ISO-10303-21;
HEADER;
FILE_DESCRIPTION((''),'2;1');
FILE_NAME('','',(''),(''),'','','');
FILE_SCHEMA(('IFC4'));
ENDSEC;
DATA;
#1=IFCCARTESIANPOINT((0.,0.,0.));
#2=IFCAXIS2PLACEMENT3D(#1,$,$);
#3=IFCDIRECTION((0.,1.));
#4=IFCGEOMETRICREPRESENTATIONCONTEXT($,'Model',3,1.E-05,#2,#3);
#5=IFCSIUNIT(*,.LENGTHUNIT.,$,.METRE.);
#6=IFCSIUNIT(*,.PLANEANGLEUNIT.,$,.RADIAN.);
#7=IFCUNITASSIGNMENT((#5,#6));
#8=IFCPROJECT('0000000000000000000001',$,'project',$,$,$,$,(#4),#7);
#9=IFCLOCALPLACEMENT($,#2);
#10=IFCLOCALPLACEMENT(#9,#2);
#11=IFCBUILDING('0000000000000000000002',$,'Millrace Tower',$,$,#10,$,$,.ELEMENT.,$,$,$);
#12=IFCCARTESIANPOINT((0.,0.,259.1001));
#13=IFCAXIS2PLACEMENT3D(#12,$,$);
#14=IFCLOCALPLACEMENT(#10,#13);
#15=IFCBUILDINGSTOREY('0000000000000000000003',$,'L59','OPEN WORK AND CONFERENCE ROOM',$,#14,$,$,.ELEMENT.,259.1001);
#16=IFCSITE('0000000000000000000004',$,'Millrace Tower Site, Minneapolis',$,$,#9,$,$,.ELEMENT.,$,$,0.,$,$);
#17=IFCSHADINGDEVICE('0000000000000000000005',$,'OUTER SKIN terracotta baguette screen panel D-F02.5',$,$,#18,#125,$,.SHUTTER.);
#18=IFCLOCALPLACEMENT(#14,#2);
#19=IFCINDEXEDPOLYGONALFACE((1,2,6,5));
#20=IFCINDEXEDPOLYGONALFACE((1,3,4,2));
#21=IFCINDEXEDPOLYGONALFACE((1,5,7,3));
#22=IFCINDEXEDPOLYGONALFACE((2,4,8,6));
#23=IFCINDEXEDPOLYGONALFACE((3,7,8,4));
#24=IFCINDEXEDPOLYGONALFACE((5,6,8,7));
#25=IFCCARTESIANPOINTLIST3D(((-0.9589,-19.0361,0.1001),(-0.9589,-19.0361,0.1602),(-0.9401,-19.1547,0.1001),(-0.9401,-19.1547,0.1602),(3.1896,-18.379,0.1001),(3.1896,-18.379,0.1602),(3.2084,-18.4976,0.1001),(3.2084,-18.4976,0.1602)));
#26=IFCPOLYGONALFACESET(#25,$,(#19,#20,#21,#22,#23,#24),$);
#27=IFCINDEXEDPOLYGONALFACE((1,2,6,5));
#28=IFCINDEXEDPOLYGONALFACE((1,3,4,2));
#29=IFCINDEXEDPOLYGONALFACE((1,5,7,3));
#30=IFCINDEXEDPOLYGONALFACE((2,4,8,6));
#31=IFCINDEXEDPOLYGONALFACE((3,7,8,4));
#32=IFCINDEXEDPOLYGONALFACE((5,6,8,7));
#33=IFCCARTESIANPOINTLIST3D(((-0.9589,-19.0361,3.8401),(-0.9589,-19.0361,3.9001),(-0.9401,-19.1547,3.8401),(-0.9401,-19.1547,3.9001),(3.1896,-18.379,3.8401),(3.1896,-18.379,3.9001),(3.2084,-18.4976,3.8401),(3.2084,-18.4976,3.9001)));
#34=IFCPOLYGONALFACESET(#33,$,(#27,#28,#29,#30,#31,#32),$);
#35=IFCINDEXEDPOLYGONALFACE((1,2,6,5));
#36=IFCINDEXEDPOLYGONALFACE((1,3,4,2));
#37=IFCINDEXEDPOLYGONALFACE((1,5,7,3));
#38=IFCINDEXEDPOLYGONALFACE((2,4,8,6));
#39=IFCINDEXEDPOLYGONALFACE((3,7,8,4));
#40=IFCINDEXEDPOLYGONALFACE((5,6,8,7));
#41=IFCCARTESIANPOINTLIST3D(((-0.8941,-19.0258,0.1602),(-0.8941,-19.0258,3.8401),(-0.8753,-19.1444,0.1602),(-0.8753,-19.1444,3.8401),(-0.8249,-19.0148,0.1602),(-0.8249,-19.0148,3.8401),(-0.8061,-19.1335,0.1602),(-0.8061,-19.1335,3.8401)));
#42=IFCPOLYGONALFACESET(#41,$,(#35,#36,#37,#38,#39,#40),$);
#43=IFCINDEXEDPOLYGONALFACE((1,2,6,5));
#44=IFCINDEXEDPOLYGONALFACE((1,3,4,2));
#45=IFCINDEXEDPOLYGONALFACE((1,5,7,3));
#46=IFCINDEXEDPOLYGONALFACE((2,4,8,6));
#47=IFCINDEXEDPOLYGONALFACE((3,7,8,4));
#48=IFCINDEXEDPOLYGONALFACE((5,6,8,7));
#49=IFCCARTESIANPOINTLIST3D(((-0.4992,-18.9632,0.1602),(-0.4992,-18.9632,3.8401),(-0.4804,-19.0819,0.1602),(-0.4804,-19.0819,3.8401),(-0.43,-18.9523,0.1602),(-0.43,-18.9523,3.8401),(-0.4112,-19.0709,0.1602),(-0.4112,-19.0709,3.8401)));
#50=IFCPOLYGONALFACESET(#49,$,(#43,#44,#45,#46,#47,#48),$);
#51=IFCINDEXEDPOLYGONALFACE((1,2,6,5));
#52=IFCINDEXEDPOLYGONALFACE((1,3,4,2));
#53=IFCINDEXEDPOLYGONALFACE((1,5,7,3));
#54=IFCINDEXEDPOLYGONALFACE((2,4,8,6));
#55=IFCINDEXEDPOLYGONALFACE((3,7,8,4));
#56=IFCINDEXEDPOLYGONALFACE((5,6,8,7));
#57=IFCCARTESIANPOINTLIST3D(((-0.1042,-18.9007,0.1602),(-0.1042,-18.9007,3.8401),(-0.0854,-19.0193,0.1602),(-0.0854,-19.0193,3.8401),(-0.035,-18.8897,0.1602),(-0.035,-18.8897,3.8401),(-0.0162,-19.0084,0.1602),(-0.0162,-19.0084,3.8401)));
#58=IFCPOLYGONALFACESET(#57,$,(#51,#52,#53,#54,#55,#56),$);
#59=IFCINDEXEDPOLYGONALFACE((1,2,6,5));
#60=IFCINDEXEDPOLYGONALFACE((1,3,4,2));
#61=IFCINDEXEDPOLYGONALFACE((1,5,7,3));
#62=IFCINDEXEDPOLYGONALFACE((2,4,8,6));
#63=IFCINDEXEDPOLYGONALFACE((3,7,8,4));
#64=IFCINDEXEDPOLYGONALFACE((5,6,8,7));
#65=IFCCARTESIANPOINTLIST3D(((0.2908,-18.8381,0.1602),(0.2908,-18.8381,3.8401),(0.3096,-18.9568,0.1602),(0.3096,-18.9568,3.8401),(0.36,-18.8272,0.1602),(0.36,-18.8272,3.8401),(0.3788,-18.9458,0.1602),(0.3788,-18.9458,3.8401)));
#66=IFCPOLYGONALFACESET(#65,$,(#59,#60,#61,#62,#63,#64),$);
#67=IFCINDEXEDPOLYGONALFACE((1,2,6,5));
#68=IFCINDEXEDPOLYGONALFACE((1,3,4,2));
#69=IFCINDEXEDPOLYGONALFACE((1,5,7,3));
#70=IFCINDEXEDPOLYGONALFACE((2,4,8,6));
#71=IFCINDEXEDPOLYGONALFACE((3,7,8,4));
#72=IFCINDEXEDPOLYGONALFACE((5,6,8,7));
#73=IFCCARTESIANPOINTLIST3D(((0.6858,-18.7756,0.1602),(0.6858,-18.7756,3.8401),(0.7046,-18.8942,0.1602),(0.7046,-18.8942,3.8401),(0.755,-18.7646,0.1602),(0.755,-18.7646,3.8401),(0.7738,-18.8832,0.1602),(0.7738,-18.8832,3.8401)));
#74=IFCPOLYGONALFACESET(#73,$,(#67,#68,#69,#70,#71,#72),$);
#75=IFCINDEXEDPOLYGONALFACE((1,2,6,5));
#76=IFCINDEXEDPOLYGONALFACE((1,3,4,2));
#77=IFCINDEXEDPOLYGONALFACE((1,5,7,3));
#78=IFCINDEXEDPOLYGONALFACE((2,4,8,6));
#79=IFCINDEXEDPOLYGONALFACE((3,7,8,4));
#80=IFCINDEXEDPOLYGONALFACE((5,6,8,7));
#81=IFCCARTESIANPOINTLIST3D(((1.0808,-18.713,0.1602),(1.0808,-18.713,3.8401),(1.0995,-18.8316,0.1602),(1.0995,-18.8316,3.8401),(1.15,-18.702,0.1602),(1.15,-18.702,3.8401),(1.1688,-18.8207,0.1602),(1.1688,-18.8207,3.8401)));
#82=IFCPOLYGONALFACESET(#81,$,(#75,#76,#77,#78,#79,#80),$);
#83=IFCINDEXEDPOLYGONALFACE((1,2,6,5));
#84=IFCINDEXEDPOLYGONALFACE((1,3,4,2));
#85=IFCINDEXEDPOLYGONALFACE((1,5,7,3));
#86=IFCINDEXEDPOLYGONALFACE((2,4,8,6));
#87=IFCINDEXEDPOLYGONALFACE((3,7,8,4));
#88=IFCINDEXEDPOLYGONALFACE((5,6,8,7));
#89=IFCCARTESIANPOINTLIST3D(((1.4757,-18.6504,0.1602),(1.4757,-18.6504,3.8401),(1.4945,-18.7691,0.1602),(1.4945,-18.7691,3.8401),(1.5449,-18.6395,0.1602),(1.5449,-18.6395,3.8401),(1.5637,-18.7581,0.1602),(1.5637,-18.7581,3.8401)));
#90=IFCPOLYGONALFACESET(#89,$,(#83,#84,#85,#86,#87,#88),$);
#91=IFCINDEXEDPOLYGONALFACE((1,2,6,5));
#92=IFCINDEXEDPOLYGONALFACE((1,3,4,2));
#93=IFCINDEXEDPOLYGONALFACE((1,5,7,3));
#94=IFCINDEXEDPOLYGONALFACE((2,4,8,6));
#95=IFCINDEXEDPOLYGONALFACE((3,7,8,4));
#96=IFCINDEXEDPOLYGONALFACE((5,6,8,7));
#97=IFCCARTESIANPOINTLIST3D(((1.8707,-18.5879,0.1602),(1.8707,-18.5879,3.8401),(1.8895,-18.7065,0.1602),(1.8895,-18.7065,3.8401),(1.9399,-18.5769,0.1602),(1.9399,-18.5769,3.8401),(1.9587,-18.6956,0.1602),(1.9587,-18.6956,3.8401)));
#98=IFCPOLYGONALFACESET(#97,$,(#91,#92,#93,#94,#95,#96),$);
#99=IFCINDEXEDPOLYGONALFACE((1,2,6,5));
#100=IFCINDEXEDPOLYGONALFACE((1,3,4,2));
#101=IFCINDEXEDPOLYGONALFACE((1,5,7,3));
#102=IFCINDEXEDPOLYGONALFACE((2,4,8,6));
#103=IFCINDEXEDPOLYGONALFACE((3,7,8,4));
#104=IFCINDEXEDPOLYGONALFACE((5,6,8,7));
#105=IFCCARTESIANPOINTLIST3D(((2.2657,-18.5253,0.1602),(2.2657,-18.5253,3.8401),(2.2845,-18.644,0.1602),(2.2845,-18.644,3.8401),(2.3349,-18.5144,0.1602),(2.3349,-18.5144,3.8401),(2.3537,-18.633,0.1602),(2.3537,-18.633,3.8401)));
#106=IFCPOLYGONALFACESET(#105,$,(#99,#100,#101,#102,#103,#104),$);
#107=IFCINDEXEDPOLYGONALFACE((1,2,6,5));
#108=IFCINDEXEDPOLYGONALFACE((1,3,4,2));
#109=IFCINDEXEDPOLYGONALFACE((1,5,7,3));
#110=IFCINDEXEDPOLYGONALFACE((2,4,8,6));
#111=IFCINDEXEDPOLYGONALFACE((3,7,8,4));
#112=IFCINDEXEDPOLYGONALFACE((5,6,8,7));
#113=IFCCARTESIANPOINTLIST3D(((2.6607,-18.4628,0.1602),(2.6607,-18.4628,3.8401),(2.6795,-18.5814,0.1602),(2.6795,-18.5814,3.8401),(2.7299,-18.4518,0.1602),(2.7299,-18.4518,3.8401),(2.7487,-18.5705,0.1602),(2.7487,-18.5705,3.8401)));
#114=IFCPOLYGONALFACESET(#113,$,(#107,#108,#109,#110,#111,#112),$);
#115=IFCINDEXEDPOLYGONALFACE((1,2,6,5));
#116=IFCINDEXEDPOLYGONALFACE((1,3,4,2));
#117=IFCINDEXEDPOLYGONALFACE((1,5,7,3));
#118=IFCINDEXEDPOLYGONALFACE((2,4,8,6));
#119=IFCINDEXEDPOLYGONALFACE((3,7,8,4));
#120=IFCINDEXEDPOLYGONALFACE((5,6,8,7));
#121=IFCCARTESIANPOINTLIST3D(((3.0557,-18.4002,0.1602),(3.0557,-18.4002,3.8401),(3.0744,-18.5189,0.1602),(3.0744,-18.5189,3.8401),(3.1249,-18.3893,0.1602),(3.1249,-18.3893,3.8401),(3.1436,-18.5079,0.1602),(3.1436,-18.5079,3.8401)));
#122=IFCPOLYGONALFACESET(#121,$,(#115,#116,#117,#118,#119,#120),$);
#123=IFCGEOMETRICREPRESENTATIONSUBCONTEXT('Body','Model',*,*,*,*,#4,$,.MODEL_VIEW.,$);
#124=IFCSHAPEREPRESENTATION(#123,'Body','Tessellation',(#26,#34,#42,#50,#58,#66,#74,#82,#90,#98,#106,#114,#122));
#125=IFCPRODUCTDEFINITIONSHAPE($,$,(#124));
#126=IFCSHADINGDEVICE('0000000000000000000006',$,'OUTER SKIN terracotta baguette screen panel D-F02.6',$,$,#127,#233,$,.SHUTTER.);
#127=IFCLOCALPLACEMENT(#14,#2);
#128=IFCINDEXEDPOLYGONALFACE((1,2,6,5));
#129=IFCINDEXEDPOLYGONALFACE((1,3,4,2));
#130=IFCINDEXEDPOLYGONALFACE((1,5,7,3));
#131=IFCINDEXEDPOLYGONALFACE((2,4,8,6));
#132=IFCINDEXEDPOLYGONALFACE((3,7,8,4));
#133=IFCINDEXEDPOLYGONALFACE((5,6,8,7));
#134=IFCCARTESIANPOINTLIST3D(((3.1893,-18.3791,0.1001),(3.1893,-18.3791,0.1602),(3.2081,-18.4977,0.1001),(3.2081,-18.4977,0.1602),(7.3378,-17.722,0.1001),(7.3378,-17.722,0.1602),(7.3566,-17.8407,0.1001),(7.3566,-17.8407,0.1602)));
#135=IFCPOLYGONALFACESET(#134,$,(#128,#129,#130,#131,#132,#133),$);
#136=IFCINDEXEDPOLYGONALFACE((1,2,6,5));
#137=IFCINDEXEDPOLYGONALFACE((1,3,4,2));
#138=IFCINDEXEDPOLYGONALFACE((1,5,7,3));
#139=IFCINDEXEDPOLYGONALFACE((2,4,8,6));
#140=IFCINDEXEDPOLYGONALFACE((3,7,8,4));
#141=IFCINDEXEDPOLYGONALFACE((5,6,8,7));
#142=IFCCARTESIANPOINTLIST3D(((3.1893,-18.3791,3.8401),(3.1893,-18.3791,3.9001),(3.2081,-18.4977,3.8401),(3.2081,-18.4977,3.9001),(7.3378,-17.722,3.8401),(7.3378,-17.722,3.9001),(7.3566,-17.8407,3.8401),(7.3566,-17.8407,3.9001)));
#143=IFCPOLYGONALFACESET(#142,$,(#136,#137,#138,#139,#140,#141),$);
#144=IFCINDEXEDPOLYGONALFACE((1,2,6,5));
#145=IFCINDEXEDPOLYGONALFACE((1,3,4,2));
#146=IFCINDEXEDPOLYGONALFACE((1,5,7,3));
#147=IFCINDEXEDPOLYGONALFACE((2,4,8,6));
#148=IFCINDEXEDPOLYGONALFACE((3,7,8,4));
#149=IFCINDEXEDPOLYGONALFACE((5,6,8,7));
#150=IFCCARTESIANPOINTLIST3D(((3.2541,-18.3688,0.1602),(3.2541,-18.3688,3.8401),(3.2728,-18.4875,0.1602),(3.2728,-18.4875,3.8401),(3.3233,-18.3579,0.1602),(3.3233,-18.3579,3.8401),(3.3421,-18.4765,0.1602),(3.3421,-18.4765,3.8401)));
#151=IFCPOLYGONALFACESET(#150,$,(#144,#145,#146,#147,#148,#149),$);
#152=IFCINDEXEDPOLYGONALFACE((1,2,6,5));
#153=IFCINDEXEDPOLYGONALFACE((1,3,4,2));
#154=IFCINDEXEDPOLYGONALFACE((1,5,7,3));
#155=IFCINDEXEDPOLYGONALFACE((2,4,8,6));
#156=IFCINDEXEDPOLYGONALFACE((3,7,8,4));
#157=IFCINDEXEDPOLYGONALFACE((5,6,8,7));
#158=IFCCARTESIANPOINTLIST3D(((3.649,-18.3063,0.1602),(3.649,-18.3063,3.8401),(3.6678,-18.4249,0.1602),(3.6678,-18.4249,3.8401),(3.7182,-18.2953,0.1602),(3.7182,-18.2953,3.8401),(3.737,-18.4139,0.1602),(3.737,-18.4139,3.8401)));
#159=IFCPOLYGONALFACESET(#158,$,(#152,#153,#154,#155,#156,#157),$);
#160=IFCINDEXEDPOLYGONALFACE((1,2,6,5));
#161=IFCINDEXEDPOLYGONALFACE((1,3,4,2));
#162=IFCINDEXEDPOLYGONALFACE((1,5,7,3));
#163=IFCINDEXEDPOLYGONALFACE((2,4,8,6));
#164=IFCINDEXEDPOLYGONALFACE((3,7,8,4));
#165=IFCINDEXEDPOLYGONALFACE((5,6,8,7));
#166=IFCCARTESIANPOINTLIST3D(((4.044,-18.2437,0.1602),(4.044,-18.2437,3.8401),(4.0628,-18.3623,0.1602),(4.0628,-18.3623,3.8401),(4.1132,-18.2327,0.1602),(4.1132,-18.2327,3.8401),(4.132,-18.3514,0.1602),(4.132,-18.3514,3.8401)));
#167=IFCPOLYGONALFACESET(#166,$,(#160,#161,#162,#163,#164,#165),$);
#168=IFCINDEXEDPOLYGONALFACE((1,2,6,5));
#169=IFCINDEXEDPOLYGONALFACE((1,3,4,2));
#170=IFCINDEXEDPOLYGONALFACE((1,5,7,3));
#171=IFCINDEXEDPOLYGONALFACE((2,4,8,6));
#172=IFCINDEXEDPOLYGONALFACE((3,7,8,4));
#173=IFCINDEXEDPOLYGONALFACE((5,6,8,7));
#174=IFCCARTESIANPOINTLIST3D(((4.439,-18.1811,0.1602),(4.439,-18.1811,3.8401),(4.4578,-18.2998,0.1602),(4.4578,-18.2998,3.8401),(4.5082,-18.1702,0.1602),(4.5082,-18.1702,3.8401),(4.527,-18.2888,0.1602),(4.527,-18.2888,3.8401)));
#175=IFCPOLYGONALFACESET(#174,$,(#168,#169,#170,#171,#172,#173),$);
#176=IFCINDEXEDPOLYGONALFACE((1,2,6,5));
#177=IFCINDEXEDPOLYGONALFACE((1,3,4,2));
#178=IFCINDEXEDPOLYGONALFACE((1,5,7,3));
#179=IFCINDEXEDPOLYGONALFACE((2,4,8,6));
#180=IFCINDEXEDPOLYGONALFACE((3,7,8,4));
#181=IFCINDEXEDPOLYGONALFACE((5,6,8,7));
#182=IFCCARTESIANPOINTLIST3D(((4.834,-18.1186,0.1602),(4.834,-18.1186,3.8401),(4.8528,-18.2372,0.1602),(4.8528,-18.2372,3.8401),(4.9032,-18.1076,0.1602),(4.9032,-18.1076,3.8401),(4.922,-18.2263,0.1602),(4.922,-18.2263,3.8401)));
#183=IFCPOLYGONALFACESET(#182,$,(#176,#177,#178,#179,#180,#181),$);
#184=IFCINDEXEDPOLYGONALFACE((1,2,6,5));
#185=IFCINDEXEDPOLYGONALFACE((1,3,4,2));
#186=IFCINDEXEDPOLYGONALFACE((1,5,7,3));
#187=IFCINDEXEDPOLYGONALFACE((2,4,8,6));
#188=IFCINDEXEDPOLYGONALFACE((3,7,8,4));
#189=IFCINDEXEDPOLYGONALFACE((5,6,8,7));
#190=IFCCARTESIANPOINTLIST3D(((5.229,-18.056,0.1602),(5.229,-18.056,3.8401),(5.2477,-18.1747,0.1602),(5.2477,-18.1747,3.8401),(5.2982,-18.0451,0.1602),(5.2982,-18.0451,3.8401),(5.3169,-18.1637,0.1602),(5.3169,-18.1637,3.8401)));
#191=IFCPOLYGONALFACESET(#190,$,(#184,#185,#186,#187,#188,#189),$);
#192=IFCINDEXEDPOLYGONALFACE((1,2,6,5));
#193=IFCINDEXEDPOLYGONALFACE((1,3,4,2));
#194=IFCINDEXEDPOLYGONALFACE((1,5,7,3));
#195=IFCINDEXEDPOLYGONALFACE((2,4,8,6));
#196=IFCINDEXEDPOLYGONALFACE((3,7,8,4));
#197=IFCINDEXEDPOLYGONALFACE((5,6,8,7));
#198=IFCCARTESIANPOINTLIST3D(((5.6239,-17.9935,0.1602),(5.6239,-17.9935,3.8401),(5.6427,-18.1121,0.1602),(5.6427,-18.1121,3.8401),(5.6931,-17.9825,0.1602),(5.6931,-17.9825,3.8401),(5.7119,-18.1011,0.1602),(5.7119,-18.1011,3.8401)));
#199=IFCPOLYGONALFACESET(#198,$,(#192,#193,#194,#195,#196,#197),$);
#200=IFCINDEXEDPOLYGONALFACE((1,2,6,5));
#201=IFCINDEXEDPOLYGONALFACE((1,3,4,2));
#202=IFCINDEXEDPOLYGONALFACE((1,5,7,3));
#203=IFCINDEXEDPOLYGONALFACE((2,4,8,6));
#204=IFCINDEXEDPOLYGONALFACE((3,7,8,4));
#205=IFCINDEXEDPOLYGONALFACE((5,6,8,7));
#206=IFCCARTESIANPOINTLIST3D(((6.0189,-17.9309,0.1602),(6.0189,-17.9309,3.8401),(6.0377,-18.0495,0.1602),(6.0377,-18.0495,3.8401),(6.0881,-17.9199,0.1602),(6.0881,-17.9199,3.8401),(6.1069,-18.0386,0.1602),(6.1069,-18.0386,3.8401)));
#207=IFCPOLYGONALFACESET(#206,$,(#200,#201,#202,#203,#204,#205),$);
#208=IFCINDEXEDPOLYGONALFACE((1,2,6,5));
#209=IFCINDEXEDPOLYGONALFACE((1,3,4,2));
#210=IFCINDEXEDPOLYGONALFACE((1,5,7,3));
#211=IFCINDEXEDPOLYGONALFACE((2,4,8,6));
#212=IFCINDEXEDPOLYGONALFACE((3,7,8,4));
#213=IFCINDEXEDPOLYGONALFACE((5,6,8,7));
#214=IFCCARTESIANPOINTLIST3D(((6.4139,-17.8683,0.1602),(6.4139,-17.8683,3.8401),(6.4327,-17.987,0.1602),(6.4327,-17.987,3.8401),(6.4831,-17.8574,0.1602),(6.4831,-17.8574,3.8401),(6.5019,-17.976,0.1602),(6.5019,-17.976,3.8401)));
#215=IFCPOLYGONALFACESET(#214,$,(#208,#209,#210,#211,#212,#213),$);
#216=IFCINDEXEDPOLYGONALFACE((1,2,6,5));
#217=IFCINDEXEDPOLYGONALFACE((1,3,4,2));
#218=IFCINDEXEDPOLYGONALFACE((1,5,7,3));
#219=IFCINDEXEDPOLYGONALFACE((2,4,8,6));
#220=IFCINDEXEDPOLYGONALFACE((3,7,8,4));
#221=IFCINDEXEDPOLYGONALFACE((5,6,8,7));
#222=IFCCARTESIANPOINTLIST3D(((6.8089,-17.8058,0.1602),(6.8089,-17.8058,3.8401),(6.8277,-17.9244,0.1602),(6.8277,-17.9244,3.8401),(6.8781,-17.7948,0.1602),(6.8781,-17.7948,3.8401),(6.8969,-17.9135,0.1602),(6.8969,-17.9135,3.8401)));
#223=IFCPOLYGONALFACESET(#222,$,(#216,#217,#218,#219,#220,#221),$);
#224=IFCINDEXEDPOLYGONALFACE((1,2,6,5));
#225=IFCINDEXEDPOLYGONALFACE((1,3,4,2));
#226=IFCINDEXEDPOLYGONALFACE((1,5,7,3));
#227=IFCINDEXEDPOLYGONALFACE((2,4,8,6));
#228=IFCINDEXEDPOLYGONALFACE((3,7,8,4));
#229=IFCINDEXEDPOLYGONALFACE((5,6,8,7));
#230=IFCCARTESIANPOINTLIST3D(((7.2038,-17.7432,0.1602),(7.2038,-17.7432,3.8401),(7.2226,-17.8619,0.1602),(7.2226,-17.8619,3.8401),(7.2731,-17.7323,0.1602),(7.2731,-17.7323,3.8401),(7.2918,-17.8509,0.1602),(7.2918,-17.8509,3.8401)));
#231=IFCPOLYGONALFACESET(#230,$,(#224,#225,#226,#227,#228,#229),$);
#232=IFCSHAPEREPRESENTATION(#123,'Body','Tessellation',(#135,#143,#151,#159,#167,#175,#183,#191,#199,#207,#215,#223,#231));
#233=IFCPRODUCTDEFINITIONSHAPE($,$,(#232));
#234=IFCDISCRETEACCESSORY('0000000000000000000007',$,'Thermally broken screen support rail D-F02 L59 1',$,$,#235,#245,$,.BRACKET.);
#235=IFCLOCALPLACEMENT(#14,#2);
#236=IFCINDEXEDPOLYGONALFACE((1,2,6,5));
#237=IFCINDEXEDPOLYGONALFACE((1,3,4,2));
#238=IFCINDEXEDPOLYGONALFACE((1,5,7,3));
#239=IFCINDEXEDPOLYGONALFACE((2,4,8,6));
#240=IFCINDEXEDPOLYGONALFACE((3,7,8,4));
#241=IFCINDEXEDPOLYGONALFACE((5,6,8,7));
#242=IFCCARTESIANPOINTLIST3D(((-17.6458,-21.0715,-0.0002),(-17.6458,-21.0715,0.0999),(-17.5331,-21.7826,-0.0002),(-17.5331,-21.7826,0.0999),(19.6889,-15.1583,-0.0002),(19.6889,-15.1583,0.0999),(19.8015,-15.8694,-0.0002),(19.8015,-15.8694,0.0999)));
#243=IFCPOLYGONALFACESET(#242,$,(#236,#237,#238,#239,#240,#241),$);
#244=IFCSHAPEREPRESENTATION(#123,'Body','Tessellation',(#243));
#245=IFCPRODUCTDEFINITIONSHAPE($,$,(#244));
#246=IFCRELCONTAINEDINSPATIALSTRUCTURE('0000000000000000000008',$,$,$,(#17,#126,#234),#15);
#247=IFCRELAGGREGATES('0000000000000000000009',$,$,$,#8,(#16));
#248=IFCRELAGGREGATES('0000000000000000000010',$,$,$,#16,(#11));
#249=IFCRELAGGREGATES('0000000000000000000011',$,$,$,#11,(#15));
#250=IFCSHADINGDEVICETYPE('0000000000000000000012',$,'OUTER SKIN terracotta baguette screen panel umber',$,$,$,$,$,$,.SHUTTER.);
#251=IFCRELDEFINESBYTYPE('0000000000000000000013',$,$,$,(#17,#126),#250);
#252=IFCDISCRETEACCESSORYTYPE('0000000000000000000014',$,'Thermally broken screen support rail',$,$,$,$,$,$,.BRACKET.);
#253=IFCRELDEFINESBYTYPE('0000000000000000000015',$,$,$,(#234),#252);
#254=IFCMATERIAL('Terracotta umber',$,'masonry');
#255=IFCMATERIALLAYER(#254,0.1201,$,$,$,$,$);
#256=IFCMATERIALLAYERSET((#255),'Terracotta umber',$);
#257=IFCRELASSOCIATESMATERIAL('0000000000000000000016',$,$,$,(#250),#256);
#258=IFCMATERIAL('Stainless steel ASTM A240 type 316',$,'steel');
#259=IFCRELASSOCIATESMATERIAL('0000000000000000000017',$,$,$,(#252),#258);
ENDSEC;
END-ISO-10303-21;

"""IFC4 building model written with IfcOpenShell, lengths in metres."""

from ifc_helpers import new_model, entity, si_unit, direction, frame, frame_2d, origin, origin_2d, place, context, subcontext, project, spatial, rectangle, extrude, source, transform, mapped, material, layer, layer_set, type_object, element, save


model = new_model("IFC4")

# Units and contexts
model_context = context("Model", 3, precision=1e-05, world=origin(), true_north=direction((0.0, 1.0)))
body_context = subcontext(model_context, "Body", "Model", "MODEL_VIEW")
ifc_project = project(units=[si_unit("LENGTHUNIT", "METRE"), si_unit("PLANEANGLEUNIT", "RADIAN")], contexts=[model_context])

# Site, building, storey
site_placement = place(None, origin())
site = spatial("IfcSite", under=ifc_project, at=site_placement, Name="Millrace Tower Site, Minneapolis", CompositionType="ELEMENT", RefElevation=0.0)
building_placement = place(site_placement, origin())
building = spatial("IfcBuilding", under=site, at=building_placement, Name="Millrace Tower", CompositionType="ELEMENT")
storey_placement = place(building_placement, frame((0.0, 0.0, 259.1001)))
storey = spatial("IfcBuildingStorey", under=building, at=storey_placement, Name="L59", Description="OPEN WORK AND CONFERENCE ROOM", CompositionType="ELEMENT", Elevation=259.1001)

# Shading devices
ifc_material_1 = material(Name="Terracotta umber", Category="masonry")
ifc_layer_1 = layer(ifc_material_1, 0.1201)
ifc_layer_set_1 = layer_set([ifc_layer_1], Name="Terracotta umber")
shading_device_type = type_object("IfcShadingDeviceType", Name="OUTER SKIN terracotta baguette screen panel umber", PredefinedType="SHUTTER", material=ifc_layer_set_1)
cartesian_point = entity("IfcCartesianPoint", [-2.1001, 0.0601])
shared_polyline = entity("IfcPolyline", [cartesian_point, entity("IfcCartesianPoint", [2.1001, 0.0601]), entity("IfcCartesianPoint", [2.1001, -0.0601]), entity("IfcCartesianPoint", [-2.1001, -0.0601]), cartesian_point])
shared_shape = source(origin(), body_context, "Body", "SweptSolid", [
    entity("IfcExtrudedAreaSolid", entity("IfcArbitraryClosedProfileDef", "AREA", None, shared_polyline), entity("IfcAxis2Placement3D", entity("IfcCartesianPoint", [0.0, 0.0, 0.0])), entity("IfcDirection", [0.0, 0.0, 1.0]), 0.0601),
    entity("IfcExtrudedAreaSolid", entity("IfcArbitraryClosedProfileDef", "AREA", None, shared_polyline), entity("IfcAxis2Placement3D", entity("IfcCartesianPoint", [0.0, 0.0, 3.74])), entity("IfcDirection", [0.0, 0.0, 1.0]), 0.0601),
    extrude(rectangle(XDim=0.0701, YDim=0.1201, at=frame_2d((-1.9995, 0.0))), frame((0.0, 0.0, 0.0601)), (0.0, 0.0, 1.0), 3.6799),
    extrude(rectangle(XDim=0.0701, YDim=0.1201, at=frame_2d((-1.5996, 0.0))), frame((0.0, 0.0, 0.0601)), (0.0, 0.0, 1.0), 3.6799),
    extrude(rectangle(XDim=0.0701, YDim=0.1201, at=frame_2d((-1.1997, 0.0))), frame((0.0, 0.0, 0.0601)), (0.0, 0.0, 1.0), 3.6799),
    extrude(rectangle(XDim=0.0701, YDim=0.1201, at=frame_2d((-0.7998, 0.0))), frame((0.0, 0.0, 0.0601)), (0.0, 0.0, 1.0), 3.6799),
    extrude(rectangle(XDim=0.0701, YDim=0.1201, at=frame_2d((-0.3999, 0.0))), frame((0.0, 0.0, 0.0601)), (0.0, 0.0, 1.0), 3.6799),
    extrude(rectangle(XDim=0.0701, YDim=0.1201, at=origin_2d()), frame((0.0, 0.0, 0.0601)), (0.0, 0.0, 1.0), 3.6799),
    extrude(rectangle(XDim=0.0701, YDim=0.1201, at=frame_2d((0.3999, 0.0))), frame((0.0, 0.0, 0.0601)), (0.0, 0.0, 1.0), 3.6799),
    extrude(rectangle(XDim=0.0701, YDim=0.1201, at=frame_2d((0.7998, 0.0))), frame((0.0, 0.0, 0.0601)), (0.0, 0.0, 1.0), 3.6799),
    extrude(rectangle(XDim=0.0701, YDim=0.1201, at=frame_2d((1.1997, 0.0))), frame((0.0, 0.0, 0.0601)), (0.0, 0.0, 1.0), 3.6799),
    extrude(rectangle(XDim=0.0701, YDim=0.1201, at=frame_2d((1.5996, 0.0))), frame((0.0, 0.0, 0.0601)), (0.0, 0.0, 1.0), 3.6799),
    extrude(rectangle(XDim=0.0701, YDim=0.1201, at=frame_2d((1.9995, 0.0))), frame((0.0, 0.0, 0.0601)), (0.0, 0.0, 1.0), 3.6799),
])
for number, where, z_axis, x_axis, name in (
    (1, (1.1248, -18.7668, 0.1001), (0.0, 0.0, 1.0), (0.987688, 0.156434, 0.0), "OUTER SKIN terracotta baguette screen panel D-F02.5"),
    (2, (5.2729, -18.1099, 0.1001), (0.0, 0.0, 1.0), (0.987688, 0.156434, 0.0), "OUTER SKIN terracotta baguette screen panel D-F02.6"),
):
    element("IfcShadingDevice", number, at=place(storey_placement, frame(where, z_axis=z_axis, x_axis=x_axis)), inside=storey, type_object=shading_device_type, Name=name, PredefinedType="SHUTTER", context=body_context, shape_type="MappedRepresentation", body=[
        mapped(shared_shape, transform((0.0, 0.0, 0.0), scale=1.0)),
    ])

# Discrete accessory
ifc_material_2 = material(Name="Stainless steel ASTM A240 type 316", Category="steel")
discrete_accessory_type = type_object("IfcDiscreteAccessoryType", Name="Thermally broken screen support rail", PredefinedType="BRACKET", material=ifc_material_2)
discrete_accessory_placement = place(storey_placement, frame((1.0779, -18.4705, -0.0002), z_axis=(0.0, 0.0, 1.0), x_axis=(0.987688, 0.156434, 0.0)))
element("IfcDiscreteAccessory", 3, at=discrete_accessory_placement, inside=storey, type_object=discrete_accessory_type, Name="Thermally broken screen support rail D-F02 L59 1", PredefinedType="BRACKET", context=body_context, shape_type="SweptSolid", body=[
    extrude(rectangle(XDim=37.8, YDim=0.72, at=origin_2d()), origin(), (0.0, 0.0, 1.0), 0.1001),
])

save(model, "model.ifc")
